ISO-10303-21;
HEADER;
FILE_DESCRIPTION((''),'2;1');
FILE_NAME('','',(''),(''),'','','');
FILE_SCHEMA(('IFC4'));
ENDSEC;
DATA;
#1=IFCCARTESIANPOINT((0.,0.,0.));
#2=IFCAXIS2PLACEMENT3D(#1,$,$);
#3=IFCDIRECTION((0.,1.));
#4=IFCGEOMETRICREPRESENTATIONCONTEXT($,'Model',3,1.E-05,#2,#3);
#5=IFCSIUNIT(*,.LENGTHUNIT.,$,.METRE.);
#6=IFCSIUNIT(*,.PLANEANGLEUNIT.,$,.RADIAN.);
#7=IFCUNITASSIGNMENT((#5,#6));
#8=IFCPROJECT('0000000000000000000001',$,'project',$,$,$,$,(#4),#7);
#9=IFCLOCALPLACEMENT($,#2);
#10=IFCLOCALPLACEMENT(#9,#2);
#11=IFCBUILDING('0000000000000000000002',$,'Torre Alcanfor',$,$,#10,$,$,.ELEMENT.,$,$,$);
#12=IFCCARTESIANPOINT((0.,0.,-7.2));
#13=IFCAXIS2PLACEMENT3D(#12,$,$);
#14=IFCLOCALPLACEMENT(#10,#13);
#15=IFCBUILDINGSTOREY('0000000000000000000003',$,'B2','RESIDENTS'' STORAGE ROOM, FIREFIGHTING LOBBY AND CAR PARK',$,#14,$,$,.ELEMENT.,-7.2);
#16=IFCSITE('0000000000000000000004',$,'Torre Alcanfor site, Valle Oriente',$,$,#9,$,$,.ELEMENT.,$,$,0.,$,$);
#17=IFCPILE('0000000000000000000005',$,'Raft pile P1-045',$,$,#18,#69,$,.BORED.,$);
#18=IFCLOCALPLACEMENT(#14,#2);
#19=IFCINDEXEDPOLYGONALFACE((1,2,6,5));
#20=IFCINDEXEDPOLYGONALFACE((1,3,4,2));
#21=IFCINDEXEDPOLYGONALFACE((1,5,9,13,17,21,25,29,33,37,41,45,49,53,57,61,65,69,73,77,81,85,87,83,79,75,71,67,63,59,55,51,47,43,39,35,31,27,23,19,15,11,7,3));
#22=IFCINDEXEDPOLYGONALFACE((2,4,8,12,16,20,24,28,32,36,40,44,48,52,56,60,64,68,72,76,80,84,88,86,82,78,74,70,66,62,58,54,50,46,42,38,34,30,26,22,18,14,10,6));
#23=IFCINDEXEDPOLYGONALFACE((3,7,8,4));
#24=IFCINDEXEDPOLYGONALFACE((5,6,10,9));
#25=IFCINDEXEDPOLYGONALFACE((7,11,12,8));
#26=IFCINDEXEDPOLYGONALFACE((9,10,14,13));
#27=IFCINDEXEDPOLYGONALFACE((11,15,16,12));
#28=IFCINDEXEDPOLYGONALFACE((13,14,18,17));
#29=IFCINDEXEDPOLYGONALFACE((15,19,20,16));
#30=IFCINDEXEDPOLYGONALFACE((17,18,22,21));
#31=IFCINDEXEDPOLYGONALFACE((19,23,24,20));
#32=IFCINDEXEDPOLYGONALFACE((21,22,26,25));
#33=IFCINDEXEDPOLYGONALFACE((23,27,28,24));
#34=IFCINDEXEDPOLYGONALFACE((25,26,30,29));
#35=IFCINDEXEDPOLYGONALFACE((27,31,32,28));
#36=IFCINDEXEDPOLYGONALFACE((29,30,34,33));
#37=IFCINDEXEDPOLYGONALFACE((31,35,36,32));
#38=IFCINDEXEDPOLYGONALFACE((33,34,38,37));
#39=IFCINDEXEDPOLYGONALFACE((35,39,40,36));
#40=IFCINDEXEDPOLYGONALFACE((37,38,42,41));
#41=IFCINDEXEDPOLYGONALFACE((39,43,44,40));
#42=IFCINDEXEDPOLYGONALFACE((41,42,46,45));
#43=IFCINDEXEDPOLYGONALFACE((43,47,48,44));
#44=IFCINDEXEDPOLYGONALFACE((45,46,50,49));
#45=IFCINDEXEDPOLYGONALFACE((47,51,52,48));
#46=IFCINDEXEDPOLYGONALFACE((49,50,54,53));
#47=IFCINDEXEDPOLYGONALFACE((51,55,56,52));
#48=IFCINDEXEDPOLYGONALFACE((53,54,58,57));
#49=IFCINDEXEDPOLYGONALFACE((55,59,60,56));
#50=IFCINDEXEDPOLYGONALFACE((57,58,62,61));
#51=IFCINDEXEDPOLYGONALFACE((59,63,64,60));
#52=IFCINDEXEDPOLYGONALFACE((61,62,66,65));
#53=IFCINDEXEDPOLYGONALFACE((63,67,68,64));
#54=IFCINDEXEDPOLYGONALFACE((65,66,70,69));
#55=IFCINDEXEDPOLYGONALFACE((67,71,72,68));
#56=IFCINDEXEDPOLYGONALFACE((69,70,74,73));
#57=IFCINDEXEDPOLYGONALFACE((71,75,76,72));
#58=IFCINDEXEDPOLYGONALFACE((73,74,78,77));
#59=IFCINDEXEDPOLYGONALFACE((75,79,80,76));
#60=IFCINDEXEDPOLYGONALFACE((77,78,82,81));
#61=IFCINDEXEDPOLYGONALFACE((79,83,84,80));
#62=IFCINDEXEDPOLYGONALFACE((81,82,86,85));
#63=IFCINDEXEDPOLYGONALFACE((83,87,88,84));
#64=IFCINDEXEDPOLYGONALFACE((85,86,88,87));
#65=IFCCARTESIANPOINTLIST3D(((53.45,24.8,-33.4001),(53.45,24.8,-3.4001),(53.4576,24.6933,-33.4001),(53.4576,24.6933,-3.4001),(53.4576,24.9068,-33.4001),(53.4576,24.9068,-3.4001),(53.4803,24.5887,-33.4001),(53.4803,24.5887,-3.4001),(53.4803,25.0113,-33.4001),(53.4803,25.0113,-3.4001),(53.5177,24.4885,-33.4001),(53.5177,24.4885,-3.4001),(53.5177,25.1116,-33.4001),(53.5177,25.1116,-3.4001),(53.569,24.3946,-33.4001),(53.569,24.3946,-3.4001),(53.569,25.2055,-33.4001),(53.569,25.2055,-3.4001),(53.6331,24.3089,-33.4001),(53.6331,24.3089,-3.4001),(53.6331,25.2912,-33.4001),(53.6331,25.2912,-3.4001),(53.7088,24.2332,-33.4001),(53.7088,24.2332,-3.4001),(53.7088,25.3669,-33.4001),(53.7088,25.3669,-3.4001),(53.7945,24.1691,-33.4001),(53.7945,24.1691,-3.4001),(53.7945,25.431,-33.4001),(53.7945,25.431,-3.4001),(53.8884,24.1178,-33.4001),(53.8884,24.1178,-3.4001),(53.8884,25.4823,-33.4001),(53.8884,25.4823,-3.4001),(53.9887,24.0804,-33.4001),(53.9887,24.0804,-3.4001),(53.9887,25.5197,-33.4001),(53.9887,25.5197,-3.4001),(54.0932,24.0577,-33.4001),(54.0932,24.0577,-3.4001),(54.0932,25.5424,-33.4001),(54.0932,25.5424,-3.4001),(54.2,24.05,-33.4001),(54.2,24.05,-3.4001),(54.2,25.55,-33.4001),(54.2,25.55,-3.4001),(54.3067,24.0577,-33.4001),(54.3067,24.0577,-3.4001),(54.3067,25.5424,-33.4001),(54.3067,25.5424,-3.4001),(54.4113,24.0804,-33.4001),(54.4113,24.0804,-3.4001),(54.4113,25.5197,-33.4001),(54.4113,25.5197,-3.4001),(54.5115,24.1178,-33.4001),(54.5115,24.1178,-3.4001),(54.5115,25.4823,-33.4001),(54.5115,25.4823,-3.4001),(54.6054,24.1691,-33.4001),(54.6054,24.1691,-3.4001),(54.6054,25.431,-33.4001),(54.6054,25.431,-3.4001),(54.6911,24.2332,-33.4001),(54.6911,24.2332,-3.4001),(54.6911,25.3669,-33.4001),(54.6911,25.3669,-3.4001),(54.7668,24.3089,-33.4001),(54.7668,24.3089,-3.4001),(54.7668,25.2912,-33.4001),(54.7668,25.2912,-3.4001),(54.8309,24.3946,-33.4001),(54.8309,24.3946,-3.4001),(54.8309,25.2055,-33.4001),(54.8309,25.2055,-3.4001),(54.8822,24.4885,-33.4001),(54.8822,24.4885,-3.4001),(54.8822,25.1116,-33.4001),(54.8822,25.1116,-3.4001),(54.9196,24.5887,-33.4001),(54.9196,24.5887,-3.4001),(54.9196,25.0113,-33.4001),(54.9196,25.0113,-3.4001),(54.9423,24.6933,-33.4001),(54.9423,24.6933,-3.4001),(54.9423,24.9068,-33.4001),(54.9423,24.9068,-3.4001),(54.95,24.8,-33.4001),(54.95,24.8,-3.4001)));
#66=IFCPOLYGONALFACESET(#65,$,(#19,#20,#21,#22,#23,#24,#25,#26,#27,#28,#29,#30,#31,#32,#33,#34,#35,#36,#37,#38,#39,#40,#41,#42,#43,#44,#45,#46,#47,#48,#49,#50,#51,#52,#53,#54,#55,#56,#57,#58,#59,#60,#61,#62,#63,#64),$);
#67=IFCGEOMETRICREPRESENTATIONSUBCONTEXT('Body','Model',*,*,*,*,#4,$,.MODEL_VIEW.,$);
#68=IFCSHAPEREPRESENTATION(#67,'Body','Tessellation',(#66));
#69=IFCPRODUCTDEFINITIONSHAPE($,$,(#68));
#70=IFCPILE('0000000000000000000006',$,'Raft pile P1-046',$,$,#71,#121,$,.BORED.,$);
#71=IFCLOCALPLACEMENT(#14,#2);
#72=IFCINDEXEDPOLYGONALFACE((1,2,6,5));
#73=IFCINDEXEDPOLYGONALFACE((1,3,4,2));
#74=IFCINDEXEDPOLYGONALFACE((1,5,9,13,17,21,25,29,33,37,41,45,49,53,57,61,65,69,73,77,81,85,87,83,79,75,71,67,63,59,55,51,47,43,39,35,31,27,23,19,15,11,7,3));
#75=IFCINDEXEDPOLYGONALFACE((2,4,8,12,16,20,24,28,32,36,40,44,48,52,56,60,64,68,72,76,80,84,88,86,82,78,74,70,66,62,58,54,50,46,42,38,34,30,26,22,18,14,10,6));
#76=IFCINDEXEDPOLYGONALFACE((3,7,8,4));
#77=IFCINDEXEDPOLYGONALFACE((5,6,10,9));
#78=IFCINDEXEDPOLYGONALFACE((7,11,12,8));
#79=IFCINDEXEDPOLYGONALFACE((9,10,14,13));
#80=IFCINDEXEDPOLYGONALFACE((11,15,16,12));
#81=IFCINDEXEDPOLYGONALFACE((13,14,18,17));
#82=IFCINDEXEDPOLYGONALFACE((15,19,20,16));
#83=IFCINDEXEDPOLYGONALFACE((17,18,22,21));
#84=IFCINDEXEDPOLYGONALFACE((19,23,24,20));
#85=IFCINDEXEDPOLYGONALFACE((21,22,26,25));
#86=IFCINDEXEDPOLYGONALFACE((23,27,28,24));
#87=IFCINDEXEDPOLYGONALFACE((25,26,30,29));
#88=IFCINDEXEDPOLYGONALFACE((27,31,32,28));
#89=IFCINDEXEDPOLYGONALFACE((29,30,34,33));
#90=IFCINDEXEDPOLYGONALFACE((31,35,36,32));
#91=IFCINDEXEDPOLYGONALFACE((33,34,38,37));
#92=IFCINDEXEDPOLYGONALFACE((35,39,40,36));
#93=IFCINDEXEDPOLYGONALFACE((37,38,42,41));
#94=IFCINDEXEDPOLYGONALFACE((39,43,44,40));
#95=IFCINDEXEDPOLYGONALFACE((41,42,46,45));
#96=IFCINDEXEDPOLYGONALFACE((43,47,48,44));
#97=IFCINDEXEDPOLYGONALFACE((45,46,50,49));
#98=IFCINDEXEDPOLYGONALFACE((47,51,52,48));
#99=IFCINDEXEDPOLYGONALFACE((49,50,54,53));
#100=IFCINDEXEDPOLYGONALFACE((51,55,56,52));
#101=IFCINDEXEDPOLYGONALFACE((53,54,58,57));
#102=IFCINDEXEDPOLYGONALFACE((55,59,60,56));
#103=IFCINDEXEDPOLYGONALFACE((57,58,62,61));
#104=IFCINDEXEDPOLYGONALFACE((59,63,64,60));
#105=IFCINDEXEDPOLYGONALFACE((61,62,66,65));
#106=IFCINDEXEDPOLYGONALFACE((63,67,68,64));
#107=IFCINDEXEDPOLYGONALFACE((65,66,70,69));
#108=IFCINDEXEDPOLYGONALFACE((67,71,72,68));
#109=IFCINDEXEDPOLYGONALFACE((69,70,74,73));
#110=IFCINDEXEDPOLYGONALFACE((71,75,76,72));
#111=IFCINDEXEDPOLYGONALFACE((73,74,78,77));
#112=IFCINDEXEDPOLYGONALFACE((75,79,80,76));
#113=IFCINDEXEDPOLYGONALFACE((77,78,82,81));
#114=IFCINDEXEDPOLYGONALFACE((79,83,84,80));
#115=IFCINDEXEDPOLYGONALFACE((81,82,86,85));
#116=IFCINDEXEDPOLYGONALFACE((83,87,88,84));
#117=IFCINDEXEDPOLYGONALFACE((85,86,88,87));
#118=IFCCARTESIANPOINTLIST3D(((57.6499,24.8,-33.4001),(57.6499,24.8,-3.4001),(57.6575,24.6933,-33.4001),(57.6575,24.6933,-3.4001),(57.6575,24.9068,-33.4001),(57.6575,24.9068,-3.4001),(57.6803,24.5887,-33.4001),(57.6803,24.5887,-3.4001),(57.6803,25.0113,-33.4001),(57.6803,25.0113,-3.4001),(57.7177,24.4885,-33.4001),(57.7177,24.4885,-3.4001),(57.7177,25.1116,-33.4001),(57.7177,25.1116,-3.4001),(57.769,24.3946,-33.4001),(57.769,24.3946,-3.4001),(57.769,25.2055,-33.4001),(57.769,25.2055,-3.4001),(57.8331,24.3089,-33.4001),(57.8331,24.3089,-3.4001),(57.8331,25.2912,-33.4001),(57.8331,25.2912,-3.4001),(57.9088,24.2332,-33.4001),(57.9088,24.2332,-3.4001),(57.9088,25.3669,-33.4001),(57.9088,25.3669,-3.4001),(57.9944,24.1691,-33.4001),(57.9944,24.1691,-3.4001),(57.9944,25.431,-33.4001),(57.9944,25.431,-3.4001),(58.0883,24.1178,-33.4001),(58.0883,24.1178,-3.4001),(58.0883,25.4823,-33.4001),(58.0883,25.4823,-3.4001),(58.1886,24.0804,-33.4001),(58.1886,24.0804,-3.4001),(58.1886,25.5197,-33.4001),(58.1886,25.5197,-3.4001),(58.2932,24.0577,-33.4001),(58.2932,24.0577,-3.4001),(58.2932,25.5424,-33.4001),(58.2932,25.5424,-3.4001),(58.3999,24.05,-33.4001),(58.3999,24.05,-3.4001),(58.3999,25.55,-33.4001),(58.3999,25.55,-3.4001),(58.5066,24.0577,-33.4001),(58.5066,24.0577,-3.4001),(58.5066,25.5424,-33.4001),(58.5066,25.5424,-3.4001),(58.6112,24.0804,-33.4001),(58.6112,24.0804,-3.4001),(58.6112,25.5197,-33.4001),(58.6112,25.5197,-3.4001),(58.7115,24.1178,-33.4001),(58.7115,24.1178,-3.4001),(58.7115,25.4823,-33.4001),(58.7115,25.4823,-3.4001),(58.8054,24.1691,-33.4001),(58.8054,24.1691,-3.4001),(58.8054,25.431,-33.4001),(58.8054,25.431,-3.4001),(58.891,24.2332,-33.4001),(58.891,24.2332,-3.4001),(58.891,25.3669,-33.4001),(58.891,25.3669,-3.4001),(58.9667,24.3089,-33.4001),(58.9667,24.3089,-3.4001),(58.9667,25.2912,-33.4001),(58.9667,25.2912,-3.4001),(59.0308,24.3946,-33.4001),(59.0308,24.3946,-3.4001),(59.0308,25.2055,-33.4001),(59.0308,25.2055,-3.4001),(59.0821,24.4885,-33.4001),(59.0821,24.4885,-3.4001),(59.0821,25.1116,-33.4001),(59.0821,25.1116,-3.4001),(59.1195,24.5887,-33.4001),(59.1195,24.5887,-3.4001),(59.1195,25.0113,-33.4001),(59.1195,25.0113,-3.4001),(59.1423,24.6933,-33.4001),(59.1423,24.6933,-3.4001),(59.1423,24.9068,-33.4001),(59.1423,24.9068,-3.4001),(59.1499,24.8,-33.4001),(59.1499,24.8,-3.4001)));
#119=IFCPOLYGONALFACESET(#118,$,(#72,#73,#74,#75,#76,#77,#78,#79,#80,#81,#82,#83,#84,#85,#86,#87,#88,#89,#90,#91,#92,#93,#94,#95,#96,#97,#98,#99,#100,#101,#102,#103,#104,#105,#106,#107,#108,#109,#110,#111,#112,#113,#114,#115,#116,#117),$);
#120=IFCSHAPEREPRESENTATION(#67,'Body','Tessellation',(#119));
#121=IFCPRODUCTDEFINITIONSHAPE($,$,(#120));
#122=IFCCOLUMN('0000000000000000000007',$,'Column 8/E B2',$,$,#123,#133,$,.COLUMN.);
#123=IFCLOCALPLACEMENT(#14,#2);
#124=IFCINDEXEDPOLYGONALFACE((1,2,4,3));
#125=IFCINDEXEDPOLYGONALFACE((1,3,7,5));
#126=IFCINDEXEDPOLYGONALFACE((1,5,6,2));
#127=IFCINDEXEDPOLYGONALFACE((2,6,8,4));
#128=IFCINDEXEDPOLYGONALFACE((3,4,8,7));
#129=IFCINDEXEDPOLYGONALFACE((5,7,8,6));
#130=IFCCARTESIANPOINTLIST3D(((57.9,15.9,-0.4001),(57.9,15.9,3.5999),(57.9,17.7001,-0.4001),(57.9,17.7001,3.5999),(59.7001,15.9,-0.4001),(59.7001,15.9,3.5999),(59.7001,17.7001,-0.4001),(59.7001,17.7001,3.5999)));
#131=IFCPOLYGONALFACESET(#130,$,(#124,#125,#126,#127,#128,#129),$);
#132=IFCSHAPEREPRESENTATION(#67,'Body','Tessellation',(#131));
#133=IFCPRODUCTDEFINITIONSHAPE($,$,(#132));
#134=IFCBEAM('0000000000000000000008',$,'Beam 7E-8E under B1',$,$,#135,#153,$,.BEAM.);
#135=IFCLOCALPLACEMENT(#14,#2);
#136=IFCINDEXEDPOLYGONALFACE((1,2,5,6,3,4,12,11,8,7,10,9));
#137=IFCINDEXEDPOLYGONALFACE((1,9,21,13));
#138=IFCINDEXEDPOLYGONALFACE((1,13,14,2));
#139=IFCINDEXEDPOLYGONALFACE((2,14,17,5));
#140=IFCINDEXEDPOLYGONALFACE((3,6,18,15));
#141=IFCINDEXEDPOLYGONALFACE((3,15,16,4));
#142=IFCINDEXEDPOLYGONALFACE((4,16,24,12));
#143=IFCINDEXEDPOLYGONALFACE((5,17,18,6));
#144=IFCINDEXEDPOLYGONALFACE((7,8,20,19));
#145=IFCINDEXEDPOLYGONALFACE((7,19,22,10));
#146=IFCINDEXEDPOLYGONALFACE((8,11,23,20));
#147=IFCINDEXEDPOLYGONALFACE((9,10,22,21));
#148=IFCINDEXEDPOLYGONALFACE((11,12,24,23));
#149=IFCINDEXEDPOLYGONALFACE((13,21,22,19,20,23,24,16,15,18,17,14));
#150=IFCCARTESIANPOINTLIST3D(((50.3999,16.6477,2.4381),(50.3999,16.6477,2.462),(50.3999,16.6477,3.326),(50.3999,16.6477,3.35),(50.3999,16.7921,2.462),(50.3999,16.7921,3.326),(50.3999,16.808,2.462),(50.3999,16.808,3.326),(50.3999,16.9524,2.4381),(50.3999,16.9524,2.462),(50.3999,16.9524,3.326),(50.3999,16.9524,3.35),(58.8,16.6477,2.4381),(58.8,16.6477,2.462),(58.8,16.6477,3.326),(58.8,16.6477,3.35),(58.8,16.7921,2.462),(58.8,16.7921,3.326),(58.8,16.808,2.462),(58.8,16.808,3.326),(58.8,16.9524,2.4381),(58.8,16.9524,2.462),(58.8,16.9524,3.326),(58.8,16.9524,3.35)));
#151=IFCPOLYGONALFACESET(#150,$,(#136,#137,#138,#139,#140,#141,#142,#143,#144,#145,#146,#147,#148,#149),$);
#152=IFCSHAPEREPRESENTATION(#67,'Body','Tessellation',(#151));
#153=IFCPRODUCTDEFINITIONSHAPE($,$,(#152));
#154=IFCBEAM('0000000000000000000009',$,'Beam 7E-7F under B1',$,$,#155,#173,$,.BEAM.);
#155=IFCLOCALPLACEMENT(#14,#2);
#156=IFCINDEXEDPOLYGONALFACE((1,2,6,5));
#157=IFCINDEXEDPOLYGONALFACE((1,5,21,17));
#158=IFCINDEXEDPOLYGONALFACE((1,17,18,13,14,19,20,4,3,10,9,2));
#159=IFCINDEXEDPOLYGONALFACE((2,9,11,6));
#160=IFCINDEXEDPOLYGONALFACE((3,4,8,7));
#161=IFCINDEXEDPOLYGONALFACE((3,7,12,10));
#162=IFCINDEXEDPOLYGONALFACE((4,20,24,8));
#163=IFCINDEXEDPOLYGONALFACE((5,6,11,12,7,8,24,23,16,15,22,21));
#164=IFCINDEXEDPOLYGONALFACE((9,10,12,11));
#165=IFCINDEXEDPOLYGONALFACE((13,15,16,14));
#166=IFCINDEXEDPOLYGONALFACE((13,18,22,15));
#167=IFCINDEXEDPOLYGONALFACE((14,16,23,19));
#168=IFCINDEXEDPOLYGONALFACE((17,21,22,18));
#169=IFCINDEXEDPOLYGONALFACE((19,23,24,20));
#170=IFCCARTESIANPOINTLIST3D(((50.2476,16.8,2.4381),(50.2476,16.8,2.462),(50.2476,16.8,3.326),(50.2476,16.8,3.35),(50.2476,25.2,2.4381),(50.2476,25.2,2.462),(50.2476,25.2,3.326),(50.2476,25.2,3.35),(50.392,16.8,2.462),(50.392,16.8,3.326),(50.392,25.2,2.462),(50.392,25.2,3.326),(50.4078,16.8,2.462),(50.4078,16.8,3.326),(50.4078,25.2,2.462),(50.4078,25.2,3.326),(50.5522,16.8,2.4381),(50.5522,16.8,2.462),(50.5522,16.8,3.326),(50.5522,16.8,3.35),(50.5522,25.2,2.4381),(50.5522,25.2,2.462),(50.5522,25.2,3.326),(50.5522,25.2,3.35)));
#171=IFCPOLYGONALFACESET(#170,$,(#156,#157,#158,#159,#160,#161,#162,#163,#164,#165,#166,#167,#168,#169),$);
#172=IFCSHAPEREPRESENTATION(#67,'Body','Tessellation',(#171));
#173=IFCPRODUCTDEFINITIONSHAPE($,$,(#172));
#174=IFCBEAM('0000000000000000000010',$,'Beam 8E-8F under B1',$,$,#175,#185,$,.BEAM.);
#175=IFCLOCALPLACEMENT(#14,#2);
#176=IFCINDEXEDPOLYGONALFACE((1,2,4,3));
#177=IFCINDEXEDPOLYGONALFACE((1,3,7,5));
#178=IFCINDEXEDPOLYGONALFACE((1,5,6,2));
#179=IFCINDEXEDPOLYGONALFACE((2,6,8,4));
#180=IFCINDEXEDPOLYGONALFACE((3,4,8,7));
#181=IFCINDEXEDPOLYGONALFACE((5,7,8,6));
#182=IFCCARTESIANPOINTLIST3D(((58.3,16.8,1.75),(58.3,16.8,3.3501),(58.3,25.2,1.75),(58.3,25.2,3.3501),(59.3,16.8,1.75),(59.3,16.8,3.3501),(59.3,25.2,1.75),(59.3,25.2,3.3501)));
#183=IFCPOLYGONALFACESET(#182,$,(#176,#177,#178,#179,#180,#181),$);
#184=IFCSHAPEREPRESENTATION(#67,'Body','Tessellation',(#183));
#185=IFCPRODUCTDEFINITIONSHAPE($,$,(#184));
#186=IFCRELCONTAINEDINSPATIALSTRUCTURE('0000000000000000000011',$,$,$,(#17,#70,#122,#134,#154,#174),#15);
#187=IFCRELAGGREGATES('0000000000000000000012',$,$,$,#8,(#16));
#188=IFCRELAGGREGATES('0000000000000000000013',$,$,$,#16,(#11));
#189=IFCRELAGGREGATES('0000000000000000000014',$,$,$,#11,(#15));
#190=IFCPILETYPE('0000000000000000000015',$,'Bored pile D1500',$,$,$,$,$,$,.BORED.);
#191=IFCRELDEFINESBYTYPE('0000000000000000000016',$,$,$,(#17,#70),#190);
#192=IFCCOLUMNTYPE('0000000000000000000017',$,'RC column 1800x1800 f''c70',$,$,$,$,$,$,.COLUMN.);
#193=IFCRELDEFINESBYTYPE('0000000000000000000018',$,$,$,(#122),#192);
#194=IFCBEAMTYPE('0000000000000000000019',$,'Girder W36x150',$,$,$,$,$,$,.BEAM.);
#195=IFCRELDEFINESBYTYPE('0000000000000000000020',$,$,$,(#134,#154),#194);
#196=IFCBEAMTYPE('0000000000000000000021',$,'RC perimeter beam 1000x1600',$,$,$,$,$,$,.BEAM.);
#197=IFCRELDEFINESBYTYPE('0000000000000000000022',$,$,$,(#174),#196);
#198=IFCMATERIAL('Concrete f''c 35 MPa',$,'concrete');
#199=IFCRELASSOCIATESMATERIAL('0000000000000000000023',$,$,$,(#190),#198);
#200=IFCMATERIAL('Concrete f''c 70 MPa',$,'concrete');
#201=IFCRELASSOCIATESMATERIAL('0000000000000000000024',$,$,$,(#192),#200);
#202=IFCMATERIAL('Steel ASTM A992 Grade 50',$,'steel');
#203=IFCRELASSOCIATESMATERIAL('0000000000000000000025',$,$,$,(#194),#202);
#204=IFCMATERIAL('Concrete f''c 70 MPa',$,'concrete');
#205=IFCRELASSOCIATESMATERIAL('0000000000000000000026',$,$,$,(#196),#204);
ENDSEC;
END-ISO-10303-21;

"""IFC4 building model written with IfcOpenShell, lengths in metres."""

from ifc_helpers import new_model, si_unit, direction, frame, origin, origin_2d, place, context, subcontext, project, spatial, rectangle, circle, i_section, extrude, material, material_profile, profile_set, type_object, element, save


model = new_model("IFC4")

# Units and contexts
model_context = context("Model", 3, precision=1e-05, world=origin(), true_north=direction((0.0, 1.0)))
body_context = subcontext(model_context, "Body", "Model", "MODEL_VIEW")
ifc_project = project(units=[si_unit("LENGTHUNIT", "METRE"), si_unit("PLANEANGLEUNIT", "RADIAN")], contexts=[model_context])

# Site, building, storey
site_placement = place(None, origin())
site = spatial("IfcSite", under=ifc_project, at=site_placement, Name="Torre Alcanfor site, Valle Oriente", CompositionType="ELEMENT", RefElevation=0.0)
building_placement = place(site_placement, origin())
building = spatial("IfcBuilding", under=site, at=building_placement, Name="Torre Alcanfor", CompositionType="ELEMENT")
storey_placement = place(building_placement, frame((0.0, 0.0, -7.2)))
storey = spatial("IfcBuildingStorey", under=building, at=storey_placement, Name="B2", Description="RESIDENTS' STORAGE ROOM, FIREFIGHTING LOBBY AND CAR PARK", CompositionType="ELEMENT", Elevation=-7.2)

# Piles
ifc_material_1 = material(Name="Concrete f'c 35 MPa", Category="concrete")
ifc_material_profile_1 = material_profile(ifc_material_1, circle(Radius=0.75, at=origin_2d()), Name="D1500")
ifc_profile_set_1 = profile_set([ifc_material_profile_1], Name="Concrete f'c 35 MPa")
pile_type = type_object("IfcPileType", Name="Bored pile D1500", PredefinedType="BORED", material=ifc_profile_set_1)
for number, where, z_axis, x_axis, name in (
    (1, (54.2, 24.8, -3.4001), (0.0, 0.0, -1.0), (1.0, 0.0, 0.0), "Raft pile P1-045"),
    (2, (58.3999, 24.8, -3.4001), (0.0, 0.0, -1.0), (1.0, 0.0, 0.0), "Raft pile P1-046"),
):
    element("IfcPile", number, at=place(storey_placement, frame(where, z_axis=z_axis, x_axis=x_axis)), inside=storey, type_object=pile_type, Name=name, PredefinedType="BORED", context=body_context, shape_type="SweptSolid", body=[
        extrude(circle(Radius=0.75, at=origin_2d()), origin(), (0.0, 0.0, 1.0), 30.0),
    ])

# Column
ifc_material_2 = material(Name="Concrete f'c 70 MPa", Category="concrete")
ifc_material_profile_2 = material_profile(ifc_material_2, rectangle(XDim=1.8, YDim=1.8, at=origin_2d()), Name="1800x1800")
ifc_profile_set_2 = profile_set([ifc_material_profile_2], Name="Concrete f'c 70 MPa")
column_type = type_object("IfcColumnType", Name="RC column 1800x1800 f'c70", PredefinedType="COLUMN", material=ifc_profile_set_2)
column_placement = place(storey_placement, frame((58.8, 16.8, -0.4001), z_axis=(0.0, 0.0, 1.0), x_axis=(1.0, 0.0, 0.0)))
element("IfcColumn", 3, at=column_placement, inside=storey, type_object=column_type, Name="Column 8/E B2", PredefinedType="COLUMN", context=body_context, shape_type="SweptSolid", body=[
    extrude(rectangle(XDim=1.8, YDim=1.8, at=origin_2d()), origin(), (0.0, 0.0, 1.0), 4.0),
])

# Beams
ifc_material_3 = material(Name="Steel ASTM A992 Grade 50", Category="steel")
ifc_material_profile_3 = material_profile(ifc_material_3, i_section(OverallWidth=0.3047, OverallDepth=0.9119, WebThickness=0.0159, FlangeThickness=0.0239, at=origin_2d()), Name="W36x150")
ifc_profile_set_3 = profile_set([ifc_material_profile_3], Name="Steel ASTM A992 Grade 50")
beam_type_1 = type_object("IfcBeamType", Name="Girder W36x150", PredefinedType="BEAM", material=ifc_profile_set_3)
beam_1_placement = place(storey_placement, frame((50.3999, 16.8, 2.894), z_axis=(1.0, 0.0, 0.0), x_axis=(0.0, 1.0, 0.0)))
element("IfcBeam", 4, at=beam_1_placement, inside=storey, type_object=beam_type_1, Name="Beam 7E-8E under B1", PredefinedType="BEAM", context=body_context, shape_type="SweptSolid", body=[
    extrude(i_section(OverallWidth=0.3047, OverallDepth=0.9119, WebThickness=0.0159, FlangeThickness=0.0239, at=origin_2d()), origin(), (0.0, 0.0, 1.0), 8.4001),
])
beam_2_placement = place(storey_placement, frame((50.3999, 16.8, 2.894), z_axis=(0.0, 1.0, 0.0), x_axis=(-1.0, 0.0, 0.0)))
element("IfcBeam", 5, at=beam_2_placement, inside=storey, type_object=beam_type_1, Name="Beam 7E-7F under B1", PredefinedType="BEAM", context=body_context, shape_type="SweptSolid", body=[
    extrude(i_section(OverallWidth=0.3047, OverallDepth=0.9119, WebThickness=0.0159, FlangeThickness=0.0239, at=origin_2d()), origin(), (0.0, 0.0, 1.0), 8.3999),
])
ifc_material_4 = material(Name="Concrete f'c 70 MPa", Category="concrete")
ifc_material_profile_4 = material_profile(ifc_material_4, rectangle(XDim=1.0, YDim=1.6001, at=origin_2d()), Name="1000x1600")
ifc_profile_set_4 = profile_set([ifc_material_profile_4], Name="Concrete f'c 70 MPa")
beam_type_2 = type_object("IfcBeamType", Name="RC perimeter beam 1000x1600", PredefinedType="BEAM", material=ifc_profile_set_4)
beam_3_placement = place(storey_placement, frame((58.8, 16.8, 2.55), z_axis=(0.0, 1.0, 0.0), x_axis=(-1.0, 0.0, 0.0)))
element("IfcBeam", 6, at=beam_3_placement, inside=storey, type_object=beam_type_2, Name="Beam 8E-8F under B1", PredefinedType="BEAM", context=body_context, shape_type="SweptSolid", body=[
    extrude(rectangle(XDim=1.0, YDim=1.6001, at=origin_2d()), origin(), (0.0, 0.0, 1.0), 8.3999),
])

save(model, "model.ifc")
